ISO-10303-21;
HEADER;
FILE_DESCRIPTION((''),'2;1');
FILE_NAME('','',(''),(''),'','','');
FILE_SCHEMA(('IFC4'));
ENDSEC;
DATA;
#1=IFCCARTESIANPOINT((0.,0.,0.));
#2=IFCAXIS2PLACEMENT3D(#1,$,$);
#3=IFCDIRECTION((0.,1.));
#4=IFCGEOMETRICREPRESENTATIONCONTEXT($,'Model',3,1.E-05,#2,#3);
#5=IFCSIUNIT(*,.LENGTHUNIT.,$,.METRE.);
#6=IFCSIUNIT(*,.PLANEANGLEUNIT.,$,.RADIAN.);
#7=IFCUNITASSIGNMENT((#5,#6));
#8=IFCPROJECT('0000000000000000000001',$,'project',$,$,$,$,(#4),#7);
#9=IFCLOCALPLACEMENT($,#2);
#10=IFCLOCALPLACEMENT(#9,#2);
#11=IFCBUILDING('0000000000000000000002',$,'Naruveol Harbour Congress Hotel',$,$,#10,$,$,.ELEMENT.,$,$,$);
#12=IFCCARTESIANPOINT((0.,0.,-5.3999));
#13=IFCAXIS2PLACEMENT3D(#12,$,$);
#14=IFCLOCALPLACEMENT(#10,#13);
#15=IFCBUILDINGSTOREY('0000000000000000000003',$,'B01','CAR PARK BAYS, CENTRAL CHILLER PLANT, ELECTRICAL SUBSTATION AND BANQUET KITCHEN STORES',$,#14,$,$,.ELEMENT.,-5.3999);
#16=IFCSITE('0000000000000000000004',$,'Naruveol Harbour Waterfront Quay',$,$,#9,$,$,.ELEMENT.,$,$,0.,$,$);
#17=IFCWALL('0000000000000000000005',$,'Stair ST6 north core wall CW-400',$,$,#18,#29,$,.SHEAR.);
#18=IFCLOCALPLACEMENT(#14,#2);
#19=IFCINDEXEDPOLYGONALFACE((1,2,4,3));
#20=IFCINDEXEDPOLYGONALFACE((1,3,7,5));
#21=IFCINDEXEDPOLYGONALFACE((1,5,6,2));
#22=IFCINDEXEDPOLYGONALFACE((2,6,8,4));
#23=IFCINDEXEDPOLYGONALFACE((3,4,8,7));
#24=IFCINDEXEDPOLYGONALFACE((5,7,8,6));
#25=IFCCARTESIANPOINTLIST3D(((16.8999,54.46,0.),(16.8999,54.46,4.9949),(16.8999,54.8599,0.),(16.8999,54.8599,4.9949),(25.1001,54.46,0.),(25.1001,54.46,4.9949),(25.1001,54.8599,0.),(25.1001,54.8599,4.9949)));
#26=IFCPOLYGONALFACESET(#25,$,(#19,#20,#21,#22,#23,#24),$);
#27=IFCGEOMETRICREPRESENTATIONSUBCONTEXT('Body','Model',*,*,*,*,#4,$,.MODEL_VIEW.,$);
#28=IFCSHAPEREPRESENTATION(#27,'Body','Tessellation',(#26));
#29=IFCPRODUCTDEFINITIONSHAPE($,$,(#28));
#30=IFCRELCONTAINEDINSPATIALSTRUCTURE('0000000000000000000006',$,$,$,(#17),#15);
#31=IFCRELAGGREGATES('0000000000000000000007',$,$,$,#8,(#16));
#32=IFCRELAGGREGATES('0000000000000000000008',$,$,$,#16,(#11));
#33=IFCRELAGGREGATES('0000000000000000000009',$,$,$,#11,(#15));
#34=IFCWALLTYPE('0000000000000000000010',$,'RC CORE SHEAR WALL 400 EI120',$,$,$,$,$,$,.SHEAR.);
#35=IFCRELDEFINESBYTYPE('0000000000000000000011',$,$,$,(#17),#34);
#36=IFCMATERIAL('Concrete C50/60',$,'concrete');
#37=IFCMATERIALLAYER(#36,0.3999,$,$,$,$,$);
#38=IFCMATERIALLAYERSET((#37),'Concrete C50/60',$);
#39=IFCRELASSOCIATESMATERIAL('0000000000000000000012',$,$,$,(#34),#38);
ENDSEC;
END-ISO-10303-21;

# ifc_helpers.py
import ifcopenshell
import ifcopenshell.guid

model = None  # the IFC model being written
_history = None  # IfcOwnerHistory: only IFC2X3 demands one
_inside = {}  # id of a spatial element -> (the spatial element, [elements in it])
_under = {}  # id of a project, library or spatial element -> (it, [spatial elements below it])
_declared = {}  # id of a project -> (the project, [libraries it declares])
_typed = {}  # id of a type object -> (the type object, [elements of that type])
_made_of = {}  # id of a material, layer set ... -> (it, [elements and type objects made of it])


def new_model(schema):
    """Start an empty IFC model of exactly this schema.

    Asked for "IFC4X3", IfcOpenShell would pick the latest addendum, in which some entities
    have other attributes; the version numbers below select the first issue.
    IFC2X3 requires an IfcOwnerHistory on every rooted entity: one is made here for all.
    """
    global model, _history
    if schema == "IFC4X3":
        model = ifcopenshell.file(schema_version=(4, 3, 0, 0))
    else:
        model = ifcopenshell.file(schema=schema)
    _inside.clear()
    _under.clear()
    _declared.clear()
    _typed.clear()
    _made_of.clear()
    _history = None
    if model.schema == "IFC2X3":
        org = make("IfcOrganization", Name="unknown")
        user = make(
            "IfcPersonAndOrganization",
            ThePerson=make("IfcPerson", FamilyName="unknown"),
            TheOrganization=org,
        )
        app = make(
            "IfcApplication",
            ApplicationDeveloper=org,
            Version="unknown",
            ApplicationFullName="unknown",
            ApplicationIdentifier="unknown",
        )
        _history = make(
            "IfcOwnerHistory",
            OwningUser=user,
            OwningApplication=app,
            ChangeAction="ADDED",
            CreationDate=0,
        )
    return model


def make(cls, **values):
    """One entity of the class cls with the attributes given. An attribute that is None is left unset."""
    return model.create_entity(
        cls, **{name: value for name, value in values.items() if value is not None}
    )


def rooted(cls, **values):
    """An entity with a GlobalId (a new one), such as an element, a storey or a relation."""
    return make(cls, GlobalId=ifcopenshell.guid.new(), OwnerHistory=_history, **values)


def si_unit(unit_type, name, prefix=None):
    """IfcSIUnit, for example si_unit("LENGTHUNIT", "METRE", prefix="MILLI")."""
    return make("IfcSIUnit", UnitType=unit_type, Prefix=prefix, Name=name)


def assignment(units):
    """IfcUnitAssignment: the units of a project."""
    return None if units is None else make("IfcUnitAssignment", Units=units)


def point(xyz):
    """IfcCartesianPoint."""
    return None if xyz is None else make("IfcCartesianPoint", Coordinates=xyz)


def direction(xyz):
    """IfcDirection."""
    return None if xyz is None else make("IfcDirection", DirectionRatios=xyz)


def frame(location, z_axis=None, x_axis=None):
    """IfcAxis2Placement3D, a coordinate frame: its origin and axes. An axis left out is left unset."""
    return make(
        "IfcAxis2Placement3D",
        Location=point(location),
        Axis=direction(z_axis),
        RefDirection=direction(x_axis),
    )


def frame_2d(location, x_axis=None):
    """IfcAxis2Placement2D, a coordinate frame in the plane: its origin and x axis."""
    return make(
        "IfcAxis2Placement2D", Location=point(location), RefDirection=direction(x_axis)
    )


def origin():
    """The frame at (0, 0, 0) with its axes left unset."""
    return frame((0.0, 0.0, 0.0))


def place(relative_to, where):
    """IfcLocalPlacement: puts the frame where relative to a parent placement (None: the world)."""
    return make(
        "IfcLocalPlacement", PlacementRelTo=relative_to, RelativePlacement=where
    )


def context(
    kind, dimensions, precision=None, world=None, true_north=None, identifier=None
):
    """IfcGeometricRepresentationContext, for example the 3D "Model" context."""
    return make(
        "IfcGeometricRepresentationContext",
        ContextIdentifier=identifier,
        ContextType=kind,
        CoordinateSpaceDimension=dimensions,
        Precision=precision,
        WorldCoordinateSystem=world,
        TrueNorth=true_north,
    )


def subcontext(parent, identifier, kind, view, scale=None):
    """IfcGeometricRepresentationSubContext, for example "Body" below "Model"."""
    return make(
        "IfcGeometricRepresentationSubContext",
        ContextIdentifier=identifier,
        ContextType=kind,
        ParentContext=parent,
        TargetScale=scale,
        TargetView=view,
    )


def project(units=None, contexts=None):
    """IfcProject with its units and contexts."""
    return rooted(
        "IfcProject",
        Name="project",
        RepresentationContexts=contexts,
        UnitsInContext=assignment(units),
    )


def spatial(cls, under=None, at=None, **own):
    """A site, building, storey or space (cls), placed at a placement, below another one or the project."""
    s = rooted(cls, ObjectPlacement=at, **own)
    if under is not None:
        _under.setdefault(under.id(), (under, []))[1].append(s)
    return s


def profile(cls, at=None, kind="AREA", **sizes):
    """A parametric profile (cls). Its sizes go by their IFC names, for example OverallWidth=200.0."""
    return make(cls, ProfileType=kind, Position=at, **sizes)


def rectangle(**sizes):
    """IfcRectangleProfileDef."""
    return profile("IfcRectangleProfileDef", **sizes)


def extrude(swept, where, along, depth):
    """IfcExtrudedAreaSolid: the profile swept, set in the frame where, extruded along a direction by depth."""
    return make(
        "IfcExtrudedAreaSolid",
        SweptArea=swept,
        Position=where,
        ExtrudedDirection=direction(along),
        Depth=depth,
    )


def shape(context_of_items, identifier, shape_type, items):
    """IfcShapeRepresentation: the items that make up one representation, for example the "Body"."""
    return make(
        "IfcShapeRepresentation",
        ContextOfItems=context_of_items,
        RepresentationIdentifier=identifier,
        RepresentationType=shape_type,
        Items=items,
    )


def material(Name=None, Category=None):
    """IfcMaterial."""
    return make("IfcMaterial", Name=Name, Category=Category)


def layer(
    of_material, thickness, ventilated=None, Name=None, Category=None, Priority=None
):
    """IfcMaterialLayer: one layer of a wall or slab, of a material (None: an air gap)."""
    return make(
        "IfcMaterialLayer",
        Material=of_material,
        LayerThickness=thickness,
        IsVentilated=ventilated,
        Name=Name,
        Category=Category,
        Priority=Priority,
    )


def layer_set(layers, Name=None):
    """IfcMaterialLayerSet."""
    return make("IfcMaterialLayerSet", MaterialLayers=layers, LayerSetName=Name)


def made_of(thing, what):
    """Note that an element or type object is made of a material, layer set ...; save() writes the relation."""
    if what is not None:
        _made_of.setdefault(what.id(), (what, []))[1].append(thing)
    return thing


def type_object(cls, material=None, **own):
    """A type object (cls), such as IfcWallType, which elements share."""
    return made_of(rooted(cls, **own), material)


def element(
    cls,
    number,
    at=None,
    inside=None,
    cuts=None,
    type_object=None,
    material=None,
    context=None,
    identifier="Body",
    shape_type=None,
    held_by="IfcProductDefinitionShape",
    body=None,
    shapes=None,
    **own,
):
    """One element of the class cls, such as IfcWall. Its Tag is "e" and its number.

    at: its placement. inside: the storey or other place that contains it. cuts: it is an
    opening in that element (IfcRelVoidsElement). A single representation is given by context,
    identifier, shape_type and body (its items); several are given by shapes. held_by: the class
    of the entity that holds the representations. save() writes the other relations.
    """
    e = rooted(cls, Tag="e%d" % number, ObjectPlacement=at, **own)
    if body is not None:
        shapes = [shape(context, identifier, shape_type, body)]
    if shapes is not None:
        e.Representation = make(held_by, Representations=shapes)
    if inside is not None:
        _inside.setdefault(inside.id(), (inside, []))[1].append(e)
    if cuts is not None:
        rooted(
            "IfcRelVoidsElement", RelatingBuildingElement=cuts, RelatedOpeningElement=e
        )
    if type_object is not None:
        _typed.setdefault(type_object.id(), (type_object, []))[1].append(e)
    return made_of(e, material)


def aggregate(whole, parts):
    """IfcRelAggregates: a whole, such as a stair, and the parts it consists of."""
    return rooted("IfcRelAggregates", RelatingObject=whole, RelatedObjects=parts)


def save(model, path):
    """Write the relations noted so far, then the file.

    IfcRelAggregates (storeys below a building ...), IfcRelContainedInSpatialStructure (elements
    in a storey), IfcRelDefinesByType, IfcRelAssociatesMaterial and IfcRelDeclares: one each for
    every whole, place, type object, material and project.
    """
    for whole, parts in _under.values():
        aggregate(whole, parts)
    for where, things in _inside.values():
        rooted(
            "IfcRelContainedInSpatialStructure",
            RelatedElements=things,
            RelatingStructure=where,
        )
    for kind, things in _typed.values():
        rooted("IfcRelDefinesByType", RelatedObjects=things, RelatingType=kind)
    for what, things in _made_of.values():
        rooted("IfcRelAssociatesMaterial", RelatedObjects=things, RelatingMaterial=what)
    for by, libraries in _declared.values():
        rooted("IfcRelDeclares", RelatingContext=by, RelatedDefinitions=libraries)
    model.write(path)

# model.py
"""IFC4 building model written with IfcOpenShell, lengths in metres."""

from ifc_helpers import new_model, si_unit, direction, frame, frame_2d, origin, place, context, subcontext, project, spatial, rectangle, extrude, material, layer, layer_set, type_object, element, save


model = new_model("IFC4")

# Units and contexts
model_context = context("Model", 3, precision=1e-05, world=origin(), true_north=direction((0.0, 1.0)))
body_context = subcontext(model_context, "Body", "Model", "MODEL_VIEW")
ifc_project = project(units=[si_unit("LENGTHUNIT", "METRE"), si_unit("PLANEANGLEUNIT", "RADIAN")], contexts=[model_context])

# Site, building, storey
site_placement = place(None, origin())
site = spatial("IfcSite", under=ifc_project, at=site_placement, Name="Naruveol Harbour Waterfront Quay", CompositionType="ELEMENT", RefElevation=0.0)
building_placement = place(site_placement, origin())
building = spatial("IfcBuilding", under=site, at=building_placement, Name="Naruveol Harbour Congress Hotel", CompositionType="ELEMENT")
storey_placement = place(building_placement, frame((0.0, 0.0, -5.3999)))
storey = spatial("IfcBuildingStorey", under=building, at=storey_placement, Name="B01", Description="CAR PARK BAYS, CENTRAL CHILLER PLANT, ELECTRICAL SUBSTATION AND BANQUET KITCHEN STORES", CompositionType="ELEMENT", Elevation=-5.3999)

# Wall
ifc_material_1 = material(Name="Concrete C50/60", Category="concrete")
ifc_layer_1 = layer(ifc_material_1, 0.3999)
ifc_layer_set_1 = layer_set([ifc_layer_1], Name="Concrete C50/60")
wall_type_1 = type_object("IfcWallType", Name="RC CORE SHEAR WALL 400 EI120", PredefinedType="SHEAR", material=ifc_layer_set_1)
wall_placement = place(storey_placement, frame((16.8999, 54.6599, 0.0), z_axis=(0.0, 0.0, 1.0), x_axis=(1.0, 0.0, 0.0)))
element("IfcWall", 1, at=wall_placement, inside=storey, type_object=wall_type_1, Name="Stair ST6 north core wall CW-400", PredefinedType="SHEAR", context=body_context, shape_type="SweptSolid", body=[
    extrude(rectangle(XDim=8.2002, YDim=0.3999, at=frame_2d((4.1001, 0.0))), origin(), (0.0, 0.0, 1.0), 4.9949),
])

save(model, "model.ifc")
